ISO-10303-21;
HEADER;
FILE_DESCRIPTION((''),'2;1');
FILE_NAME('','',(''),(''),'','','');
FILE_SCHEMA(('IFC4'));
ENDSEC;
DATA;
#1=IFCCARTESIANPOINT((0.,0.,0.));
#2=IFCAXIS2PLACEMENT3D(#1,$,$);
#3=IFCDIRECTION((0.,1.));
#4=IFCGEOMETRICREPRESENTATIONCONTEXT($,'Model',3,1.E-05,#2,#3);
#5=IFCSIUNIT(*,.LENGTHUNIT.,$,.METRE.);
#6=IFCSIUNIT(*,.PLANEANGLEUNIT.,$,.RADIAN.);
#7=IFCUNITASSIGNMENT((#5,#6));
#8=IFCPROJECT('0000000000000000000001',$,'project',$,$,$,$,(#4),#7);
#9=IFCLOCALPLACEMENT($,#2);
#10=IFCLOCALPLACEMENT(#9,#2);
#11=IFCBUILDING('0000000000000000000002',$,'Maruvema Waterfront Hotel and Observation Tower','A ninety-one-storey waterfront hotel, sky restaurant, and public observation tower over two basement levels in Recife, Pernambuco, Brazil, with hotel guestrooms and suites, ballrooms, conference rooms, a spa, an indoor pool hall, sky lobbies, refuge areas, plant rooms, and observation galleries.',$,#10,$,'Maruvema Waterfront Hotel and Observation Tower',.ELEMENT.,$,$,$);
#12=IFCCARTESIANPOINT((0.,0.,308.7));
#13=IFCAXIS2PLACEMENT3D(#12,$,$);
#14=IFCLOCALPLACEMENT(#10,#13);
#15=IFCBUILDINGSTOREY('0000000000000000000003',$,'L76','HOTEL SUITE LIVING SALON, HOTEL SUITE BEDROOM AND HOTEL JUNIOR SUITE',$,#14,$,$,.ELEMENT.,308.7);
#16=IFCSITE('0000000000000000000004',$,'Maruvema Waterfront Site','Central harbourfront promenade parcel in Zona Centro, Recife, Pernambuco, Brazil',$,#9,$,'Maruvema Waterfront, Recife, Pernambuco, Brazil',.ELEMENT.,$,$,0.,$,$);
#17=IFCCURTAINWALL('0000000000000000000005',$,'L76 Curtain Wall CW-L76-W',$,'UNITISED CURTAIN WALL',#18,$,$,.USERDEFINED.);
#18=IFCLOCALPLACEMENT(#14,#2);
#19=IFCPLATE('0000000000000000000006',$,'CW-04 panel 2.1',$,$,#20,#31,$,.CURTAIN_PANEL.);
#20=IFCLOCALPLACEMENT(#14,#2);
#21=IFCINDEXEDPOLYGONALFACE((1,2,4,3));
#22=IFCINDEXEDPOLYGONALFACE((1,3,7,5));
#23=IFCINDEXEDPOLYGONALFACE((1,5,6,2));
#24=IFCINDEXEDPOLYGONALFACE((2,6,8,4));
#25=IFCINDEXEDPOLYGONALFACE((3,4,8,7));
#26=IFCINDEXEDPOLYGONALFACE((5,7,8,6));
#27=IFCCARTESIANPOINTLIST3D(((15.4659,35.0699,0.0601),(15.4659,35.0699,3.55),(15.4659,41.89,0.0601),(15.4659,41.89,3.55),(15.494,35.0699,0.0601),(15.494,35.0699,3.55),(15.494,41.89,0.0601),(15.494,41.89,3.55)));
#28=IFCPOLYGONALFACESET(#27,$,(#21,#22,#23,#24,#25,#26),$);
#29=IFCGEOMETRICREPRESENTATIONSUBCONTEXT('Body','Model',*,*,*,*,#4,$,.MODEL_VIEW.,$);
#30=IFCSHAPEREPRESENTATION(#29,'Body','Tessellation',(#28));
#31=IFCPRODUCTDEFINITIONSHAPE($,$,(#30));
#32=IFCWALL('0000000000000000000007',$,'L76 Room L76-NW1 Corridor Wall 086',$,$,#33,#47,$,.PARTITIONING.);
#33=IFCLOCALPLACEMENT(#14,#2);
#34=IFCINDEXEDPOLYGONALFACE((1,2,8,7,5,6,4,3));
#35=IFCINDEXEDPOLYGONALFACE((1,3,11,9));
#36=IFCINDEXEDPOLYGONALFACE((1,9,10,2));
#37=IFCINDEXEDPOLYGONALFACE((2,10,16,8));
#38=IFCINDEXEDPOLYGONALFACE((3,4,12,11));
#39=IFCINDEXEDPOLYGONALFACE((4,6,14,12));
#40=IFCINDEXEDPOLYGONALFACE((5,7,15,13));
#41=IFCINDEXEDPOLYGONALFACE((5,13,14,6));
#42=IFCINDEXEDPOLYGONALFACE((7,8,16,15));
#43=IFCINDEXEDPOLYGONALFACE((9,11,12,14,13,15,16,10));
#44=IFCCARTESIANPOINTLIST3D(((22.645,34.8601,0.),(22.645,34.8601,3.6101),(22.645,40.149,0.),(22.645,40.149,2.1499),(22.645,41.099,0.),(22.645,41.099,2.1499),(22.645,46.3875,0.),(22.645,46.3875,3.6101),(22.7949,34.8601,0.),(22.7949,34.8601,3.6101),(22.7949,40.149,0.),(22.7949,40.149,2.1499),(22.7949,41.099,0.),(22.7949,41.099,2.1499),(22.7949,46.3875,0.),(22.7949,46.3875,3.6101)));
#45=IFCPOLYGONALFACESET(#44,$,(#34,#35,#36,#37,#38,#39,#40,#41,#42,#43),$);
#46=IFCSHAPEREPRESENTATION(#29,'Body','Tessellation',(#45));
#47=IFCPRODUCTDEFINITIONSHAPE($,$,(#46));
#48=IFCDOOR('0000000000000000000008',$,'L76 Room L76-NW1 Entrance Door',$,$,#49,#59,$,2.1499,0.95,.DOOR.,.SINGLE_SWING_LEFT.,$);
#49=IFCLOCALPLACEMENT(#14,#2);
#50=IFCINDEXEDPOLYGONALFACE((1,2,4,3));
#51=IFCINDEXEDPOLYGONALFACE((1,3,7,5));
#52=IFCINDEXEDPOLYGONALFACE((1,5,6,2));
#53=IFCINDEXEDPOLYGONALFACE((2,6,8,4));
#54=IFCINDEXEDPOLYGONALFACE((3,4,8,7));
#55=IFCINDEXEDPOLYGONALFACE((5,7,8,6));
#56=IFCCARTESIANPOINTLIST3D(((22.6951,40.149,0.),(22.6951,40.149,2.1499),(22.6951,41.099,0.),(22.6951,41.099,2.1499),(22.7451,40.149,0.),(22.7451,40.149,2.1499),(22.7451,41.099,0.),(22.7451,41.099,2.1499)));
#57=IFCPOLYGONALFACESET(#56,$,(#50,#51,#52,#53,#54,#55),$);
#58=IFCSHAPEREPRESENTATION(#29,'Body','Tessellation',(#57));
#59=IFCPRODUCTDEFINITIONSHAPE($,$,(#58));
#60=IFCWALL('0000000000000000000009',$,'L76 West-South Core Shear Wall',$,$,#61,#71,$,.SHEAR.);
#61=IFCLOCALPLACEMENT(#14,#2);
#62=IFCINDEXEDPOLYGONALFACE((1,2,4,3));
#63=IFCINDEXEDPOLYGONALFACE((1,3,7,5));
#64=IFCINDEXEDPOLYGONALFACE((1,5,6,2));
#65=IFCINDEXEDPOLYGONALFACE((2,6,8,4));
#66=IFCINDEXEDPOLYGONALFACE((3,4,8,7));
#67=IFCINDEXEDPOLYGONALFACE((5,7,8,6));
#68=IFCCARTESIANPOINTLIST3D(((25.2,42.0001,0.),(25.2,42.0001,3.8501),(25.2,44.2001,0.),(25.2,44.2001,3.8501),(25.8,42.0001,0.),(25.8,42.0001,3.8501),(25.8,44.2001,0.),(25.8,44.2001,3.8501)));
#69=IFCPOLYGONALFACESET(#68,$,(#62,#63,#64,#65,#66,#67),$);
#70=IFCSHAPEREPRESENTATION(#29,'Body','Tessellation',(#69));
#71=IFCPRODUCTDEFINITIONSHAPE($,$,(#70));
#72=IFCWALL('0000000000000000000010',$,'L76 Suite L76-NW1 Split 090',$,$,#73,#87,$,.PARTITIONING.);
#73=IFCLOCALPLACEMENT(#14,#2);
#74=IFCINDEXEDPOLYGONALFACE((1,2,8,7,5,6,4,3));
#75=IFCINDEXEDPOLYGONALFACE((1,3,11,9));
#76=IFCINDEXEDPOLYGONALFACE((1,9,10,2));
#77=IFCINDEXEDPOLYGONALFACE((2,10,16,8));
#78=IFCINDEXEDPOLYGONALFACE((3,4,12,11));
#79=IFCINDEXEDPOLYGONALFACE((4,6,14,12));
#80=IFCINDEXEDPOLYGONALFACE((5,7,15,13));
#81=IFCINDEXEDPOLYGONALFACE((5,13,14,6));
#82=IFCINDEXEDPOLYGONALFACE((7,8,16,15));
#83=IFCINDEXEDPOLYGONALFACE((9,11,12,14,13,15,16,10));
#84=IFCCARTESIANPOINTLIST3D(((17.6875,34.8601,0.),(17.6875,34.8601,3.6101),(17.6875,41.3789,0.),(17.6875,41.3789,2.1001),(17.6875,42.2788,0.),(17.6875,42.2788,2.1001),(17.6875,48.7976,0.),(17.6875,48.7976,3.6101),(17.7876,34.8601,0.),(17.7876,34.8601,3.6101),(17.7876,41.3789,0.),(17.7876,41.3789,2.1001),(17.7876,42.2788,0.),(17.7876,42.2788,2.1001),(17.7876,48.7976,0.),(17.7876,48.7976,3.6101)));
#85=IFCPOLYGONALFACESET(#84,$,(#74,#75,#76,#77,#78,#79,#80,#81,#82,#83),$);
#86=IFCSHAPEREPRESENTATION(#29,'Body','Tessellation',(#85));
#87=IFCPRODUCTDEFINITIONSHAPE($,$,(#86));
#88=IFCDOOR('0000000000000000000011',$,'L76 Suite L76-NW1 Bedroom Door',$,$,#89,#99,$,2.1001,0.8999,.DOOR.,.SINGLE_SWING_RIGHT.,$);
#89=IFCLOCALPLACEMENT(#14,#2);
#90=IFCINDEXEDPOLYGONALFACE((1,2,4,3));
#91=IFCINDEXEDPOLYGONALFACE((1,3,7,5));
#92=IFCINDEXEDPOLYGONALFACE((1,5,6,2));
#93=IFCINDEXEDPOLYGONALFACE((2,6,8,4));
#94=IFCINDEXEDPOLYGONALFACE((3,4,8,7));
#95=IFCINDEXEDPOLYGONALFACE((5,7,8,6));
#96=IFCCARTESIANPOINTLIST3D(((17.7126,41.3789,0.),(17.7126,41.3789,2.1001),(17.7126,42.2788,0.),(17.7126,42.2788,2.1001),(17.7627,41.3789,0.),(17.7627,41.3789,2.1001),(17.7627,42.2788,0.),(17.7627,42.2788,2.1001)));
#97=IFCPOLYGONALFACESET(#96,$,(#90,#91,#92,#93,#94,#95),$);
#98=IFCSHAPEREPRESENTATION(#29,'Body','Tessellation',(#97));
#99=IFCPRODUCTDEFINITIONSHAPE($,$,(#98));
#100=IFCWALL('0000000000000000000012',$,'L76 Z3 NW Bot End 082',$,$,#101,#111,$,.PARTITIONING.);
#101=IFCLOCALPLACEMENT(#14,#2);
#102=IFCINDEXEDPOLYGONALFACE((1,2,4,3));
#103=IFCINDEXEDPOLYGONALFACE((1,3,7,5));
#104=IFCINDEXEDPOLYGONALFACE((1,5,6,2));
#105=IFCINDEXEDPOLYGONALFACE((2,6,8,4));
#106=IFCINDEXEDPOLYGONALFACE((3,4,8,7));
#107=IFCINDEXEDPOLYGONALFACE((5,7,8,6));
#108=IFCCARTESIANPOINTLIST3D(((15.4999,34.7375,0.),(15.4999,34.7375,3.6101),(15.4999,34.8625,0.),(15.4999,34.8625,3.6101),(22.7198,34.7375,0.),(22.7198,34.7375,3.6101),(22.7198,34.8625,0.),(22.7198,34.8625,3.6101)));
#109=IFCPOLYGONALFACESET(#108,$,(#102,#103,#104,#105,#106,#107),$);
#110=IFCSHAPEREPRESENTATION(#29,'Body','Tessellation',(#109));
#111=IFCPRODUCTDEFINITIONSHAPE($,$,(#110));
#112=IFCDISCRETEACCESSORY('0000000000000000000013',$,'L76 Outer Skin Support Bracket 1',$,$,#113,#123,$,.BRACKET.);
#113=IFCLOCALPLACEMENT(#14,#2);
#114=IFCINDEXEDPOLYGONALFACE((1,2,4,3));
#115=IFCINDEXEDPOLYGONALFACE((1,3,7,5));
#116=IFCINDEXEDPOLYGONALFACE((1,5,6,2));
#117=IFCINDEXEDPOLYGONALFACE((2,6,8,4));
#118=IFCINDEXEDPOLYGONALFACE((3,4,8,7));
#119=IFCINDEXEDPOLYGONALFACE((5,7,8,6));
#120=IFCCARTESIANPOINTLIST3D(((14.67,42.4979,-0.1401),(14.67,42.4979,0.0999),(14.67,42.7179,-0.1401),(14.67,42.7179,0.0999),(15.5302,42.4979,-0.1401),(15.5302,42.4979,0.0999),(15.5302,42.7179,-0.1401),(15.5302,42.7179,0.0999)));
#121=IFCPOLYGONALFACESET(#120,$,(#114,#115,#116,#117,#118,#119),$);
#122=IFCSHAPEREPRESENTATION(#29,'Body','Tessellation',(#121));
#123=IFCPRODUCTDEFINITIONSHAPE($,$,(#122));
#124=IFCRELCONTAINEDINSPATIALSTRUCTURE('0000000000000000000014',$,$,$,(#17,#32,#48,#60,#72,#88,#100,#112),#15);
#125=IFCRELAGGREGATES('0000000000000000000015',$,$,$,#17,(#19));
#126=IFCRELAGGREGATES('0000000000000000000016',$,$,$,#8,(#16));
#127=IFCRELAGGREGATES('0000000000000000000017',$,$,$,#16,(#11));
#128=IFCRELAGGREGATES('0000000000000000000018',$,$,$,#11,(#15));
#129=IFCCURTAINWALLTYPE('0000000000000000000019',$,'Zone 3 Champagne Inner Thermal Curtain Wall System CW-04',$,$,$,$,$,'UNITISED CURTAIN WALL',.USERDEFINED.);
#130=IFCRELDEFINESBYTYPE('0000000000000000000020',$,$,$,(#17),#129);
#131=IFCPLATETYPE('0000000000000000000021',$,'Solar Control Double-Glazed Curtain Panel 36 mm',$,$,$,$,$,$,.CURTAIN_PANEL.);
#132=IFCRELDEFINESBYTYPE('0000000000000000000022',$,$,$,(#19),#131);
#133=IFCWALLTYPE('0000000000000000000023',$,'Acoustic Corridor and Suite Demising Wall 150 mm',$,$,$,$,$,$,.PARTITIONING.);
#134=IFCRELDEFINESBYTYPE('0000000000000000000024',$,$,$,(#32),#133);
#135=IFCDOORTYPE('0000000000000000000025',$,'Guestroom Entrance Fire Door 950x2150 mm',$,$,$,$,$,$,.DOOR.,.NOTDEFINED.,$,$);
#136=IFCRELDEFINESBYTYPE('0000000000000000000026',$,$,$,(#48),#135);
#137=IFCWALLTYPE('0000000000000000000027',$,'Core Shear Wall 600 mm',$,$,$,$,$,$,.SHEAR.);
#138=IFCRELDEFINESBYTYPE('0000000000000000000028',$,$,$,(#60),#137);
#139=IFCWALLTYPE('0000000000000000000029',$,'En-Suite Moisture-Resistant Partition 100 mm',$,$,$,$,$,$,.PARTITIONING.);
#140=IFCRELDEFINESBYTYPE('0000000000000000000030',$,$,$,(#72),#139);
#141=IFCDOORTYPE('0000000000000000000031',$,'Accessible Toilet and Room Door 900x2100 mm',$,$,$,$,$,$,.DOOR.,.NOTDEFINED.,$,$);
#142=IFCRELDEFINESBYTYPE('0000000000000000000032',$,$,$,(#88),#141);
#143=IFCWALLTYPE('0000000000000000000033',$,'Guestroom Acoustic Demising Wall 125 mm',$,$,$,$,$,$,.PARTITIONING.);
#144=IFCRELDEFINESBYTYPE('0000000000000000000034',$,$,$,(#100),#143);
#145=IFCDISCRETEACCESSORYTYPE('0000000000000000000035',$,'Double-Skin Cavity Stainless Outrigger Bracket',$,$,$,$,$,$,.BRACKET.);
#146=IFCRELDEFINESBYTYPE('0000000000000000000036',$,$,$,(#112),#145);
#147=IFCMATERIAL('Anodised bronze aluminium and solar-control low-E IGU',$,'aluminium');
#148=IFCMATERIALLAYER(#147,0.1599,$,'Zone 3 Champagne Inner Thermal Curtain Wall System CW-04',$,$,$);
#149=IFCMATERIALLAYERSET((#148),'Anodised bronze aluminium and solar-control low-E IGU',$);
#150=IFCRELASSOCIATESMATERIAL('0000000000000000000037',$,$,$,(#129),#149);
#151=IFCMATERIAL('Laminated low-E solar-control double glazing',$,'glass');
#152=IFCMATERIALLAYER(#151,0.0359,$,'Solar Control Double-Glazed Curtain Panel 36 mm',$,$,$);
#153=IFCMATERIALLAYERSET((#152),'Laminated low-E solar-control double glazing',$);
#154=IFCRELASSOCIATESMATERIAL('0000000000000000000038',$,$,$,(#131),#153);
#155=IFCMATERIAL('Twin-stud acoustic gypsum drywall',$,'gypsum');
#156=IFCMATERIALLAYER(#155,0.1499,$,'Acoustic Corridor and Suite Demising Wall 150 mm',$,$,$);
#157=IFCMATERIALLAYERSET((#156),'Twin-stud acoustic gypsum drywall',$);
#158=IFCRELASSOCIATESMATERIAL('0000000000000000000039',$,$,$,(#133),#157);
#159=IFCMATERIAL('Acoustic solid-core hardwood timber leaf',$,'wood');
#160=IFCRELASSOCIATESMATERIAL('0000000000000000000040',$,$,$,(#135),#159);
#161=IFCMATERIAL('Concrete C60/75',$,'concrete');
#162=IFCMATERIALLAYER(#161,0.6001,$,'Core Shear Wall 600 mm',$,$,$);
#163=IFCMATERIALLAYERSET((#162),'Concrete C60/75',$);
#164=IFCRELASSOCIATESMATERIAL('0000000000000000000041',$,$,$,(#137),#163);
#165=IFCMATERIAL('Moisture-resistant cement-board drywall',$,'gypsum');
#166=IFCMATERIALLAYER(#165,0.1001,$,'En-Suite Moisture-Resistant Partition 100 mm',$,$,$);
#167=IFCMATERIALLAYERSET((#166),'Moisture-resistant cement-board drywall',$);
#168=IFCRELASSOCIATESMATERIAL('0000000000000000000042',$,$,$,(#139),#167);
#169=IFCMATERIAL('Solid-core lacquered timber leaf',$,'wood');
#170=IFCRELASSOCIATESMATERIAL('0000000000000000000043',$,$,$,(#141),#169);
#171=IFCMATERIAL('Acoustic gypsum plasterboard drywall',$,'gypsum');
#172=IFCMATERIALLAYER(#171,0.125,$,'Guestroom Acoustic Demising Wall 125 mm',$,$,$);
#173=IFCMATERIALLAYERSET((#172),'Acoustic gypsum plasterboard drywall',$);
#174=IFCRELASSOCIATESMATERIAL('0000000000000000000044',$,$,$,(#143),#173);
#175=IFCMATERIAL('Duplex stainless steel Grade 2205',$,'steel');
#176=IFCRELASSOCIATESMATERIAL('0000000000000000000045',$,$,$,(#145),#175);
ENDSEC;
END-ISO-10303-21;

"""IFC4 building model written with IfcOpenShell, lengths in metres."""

from ifc_helpers import new_model, si_unit, direction, frame, frame_2d, origin, origin_2d, place, context, subcontext, project, spatial, rectangle, extrude, material, layer, layer_set, type_object, element, fill, aggregate, save


model = new_model("IFC4")

# Units and contexts
model_context = context("Model", 3, precision=1e-05, world=origin(), true_north=direction((0.0, 1.0)))
body_context = subcontext(model_context, "Body", "Model", "MODEL_VIEW")
ifc_project = project(units=[si_unit("LENGTHUNIT", "METRE"), si_unit("PLANEANGLEUNIT", "RADIAN")], contexts=[model_context])

# Site, building, storey
site_placement = place(None, origin())
site = spatial("IfcSite", under=ifc_project, at=site_placement, Name="Maruvema Waterfront Site", Description="Central harbourfront promenade parcel in Zona Centro, Recife, Pernambuco, Brazil", LongName="Maruvema Waterfront, Recife, Pernambuco, Brazil", CompositionType="ELEMENT", RefElevation=0.0)
building_placement = place(site_placement, origin())
building = spatial("IfcBuilding", under=site, at=building_placement, Name="Maruvema Waterfront Hotel and Observation Tower", Description="A ninety-one-storey waterfront hotel, sky restaurant, and public observation tower over two basement levels in Recife, Pernambuco, Brazil, with hotel guestrooms and suites, ballrooms, conference rooms, a spa, an indoor pool hall, sky lobbies, refuge areas, plant rooms, and observation galleries.", LongName="Maruvema Waterfront Hotel and Observation Tower", CompositionType="ELEMENT")
storey_placement = place(building_placement, frame((0.0, 0.0, 308.7)))
storey = spatial("IfcBuildingStorey", under=building, at=storey_placement, Name="L76", Description="HOTEL SUITE LIVING SALON, HOTEL SUITE BEDROOM AND HOTEL JUNIOR SUITE", CompositionType="ELEMENT", Elevation=308.7)

# Curtain wall
ifc_material_1 = material(Name="Anodised bronze aluminium and solar-control low-E IGU", Category="aluminium")
ifc_layer_1 = layer(ifc_material_1, 0.1599, Name="Zone 3 Champagne Inner Thermal Curtain Wall System CW-04")
ifc_layer_set_1 = layer_set([ifc_layer_1], Name="Anodised bronze aluminium and solar-control low-E IGU")
curtain_wall_type = type_object("IfcCurtainWallType", Name="Zone 3 Champagne Inner Thermal Curtain Wall System CW-04", ElementType="UNITISED CURTAIN WALL", PredefinedType="USERDEFINED", material=ifc_layer_set_1)
curtain_wall_placement = place(storey_placement, origin())
curtain_wall = element("IfcCurtainWall", 1, at=curtain_wall_placement, inside=storey, type_object=curtain_wall_type, Name="L76 Curtain Wall CW-L76-W", ObjectType="UNITISED CURTAIN WALL", PredefinedType="USERDEFINED")

# Plate
ifc_material_2 = material(Name="Laminated low-E solar-control double glazing", Category="glass")
ifc_layer_2 = layer(ifc_material_2, 0.0359, Name="Solar Control Double-Glazed Curtain Panel 36 mm")
ifc_layer_set_2 = layer_set([ifc_layer_2], Name="Laminated low-E solar-control double glazing")
plate_type = type_object("IfcPlateType", Name="Solar Control Double-Glazed Curtain Panel 36 mm", PredefinedType="CURTAIN_PANEL", material=ifc_layer_set_2)
plate_placement = place(storey_placement, frame((15.48, 38.48, 0.0601), z_axis=(0.0, 0.0, 1.0), x_axis=(0.0, -1.0, 0.0)))
plate = element("IfcPlate", 2, at=plate_placement, type_object=plate_type, Name="CW-04 panel 2.1", PredefinedType="CURTAIN_PANEL", context=body_context, shape_type="SweptSolid", body=[
    extrude(rectangle(XDim=6.8201, YDim=0.0281, at=origin_2d()), origin(), (0.0, 0.0, 1.0), 3.49),
])
aggregate(curtain_wall, [plate])

# Wall, opening, door
ifc_material_3 = material(Name="Twin-stud acoustic gypsum drywall", Category="gypsum")
ifc_layer_3 = layer(ifc_material_3, 0.1499, Name="Acoustic Corridor and Suite Demising Wall 150 mm")
ifc_layer_set_3 = layer_set([ifc_layer_3], Name="Twin-stud acoustic gypsum drywall")
wall_type_1 = type_object("IfcWallType", Name="Acoustic Corridor and Suite Demising Wall 150 mm", PredefinedType="PARTITIONING", material=ifc_layer_set_3)
wall_1_placement = place(storey_placement, frame((22.72, 34.8601, 0.0), z_axis=(0.0, 0.0, 1.0), x_axis=(0.0, 1.0, 0.0)))
wall_1 = element("IfcWall", 3, at=wall_1_placement, inside=storey, type_object=wall_type_1, Name="L76 Room L76-NW1 Corridor Wall 086", PredefinedType="PARTITIONING", context=body_context, shape_type="SweptSolid", body=[
    extrude(rectangle(XDim=11.5273, YDim=0.1499, at=frame_2d((5.7637, 0.0))), origin(), (0.0, 0.0, 1.0), 3.6101),
])
opening_1_placement = place(wall_1_placement, frame((5.2888, 0.0, 0.0)))
opening_1 = element("IfcOpeningElement", 4, at=opening_1_placement, cuts=wall_1, PredefinedType="OPENING", context=body_context, shape_type="SweptSolid", body=[
    extrude(rectangle(XDim=0.95, YDim=2.1499, at=frame_2d((0.4751, 1.075))), frame((0.0, 0.085, 0.0), z_axis=(0.0, -1.0, 0.0), x_axis=(1.0, 0.0, 0.0)), (0.0, 0.0, 1.0), 0.1699),
])
ifc_material_4 = material(Name="Acoustic solid-core hardwood timber leaf", Category="wood")
door_type_1 = type_object("IfcDoorType", Name="Guestroom Entrance Fire Door 950x2150 mm", OperationType="NOTDEFINED", PredefinedType="DOOR", material=ifc_material_4)
door_1_placement = place(opening_1_placement, origin())
door_1 = element("IfcDoor", 5, at=door_1_placement, inside=storey, type_object=door_type_1, Name="L76 Room L76-NW1 Entrance Door", OperationType="SINGLE_SWING_LEFT", OverallHeight=2.1499, OverallWidth=0.95, PredefinedType="DOOR", context=body_context, shape_type="SweptSolid", body=[
    extrude(rectangle(XDim=0.95, YDim=2.1499, at=frame_2d((0.4751, 1.075))), frame((0.0, 0.0249, 0.0), z_axis=(0.0, -1.0, 0.0), x_axis=(1.0, 0.0, 0.0)), (0.0, 0.0, 1.0), 0.05),
])
fill(opening_1, door_1)

# Shared definitions
ifc_material_5 = material(Name="Concrete C60/75", Category="concrete")
ifc_layer_4 = layer(ifc_material_5, 0.6001, Name="Core Shear Wall 600 mm")
ifc_layer_set_4 = layer_set([ifc_layer_4], Name="Concrete C60/75")
wall_type_2 = type_object("IfcWallType", Name="Core Shear Wall 600 mm", PredefinedType="SHEAR", material=ifc_layer_set_4)

# Wall
wall_2_placement = place(storey_placement, frame((25.5, 42.0, 0.0), z_axis=(0.0, 0.0, 1.0), x_axis=(0.0, 1.0, 0.0)))
element("IfcWall", 6, at=wall_2_placement, inside=storey, type_object=wall_type_2, Name="L76 West-South Core Shear Wall", PredefinedType="SHEAR", context=body_context, shape_type="SweptSolid", body=[
    extrude(rectangle(XDim=2.2, YDim=0.6001, at=frame_2d((1.1001, 0.0))), origin(), (0.0, 0.0, 1.0), 3.8501),
])

# Wall, opening, door
ifc_material_6 = material(Name="Moisture-resistant cement-board drywall", Category="gypsum")
ifc_layer_5 = layer(ifc_material_6, 0.1001, Name="En-Suite Moisture-Resistant Partition 100 mm")
ifc_layer_set_5 = layer_set([ifc_layer_5], Name="Moisture-resistant cement-board drywall")
wall_type_3 = type_object("IfcWallType", Name="En-Suite Moisture-Resistant Partition 100 mm", PredefinedType="PARTITIONING", material=ifc_layer_set_5)
wall_3_placement = place(storey_placement, frame((17.7375, 34.8601, 0.0), z_axis=(0.0, 0.0, 1.0), x_axis=(0.0, 1.0, 0.0)))
wall_3 = element("IfcWall", 7, at=wall_3_placement, inside=storey, type_object=wall_type_3, Name="L76 Suite L76-NW1 Split 090", PredefinedType="PARTITIONING", context=body_context, shape_type="SweptSolid", body=[
    extrude(rectangle(XDim=13.9375, YDim=0.1001, at=frame_2d((6.9688, 0.0))), origin(), (0.0, 0.0, 1.0), 3.6101),
])
opening_2_placement = place(wall_3_placement, frame((6.5188, 0.0, 0.0)))
opening_2 = element("IfcOpeningElement", 8, at=opening_2_placement, cuts=wall_3, PredefinedType="OPENING", context=body_context, shape_type="SweptSolid", body=[
    extrude(rectangle(XDim=0.8999, YDim=2.1001, at=frame_2d((0.45, 1.05))), frame((0.0, 0.0601, 0.0), z_axis=(0.0, -1.0, 0.0), x_axis=(1.0, 0.0, 0.0)), (0.0, 0.0, 1.0), 0.1201),
])
ifc_material_7 = material(Name="Solid-core lacquered timber leaf", Category="wood")
door_type_2 = type_object("IfcDoorType", Name="Accessible Toilet and Room Door 900x2100 mm", OperationType="NOTDEFINED", PredefinedType="DOOR", material=ifc_material_7)
door_2_placement = place(opening_2_placement, origin())
door_2 = element("IfcDoor", 9, at=door_2_placement, inside=storey, type_object=door_type_2, Name="L76 Suite L76-NW1 Bedroom Door", OperationType="SINGLE_SWING_RIGHT", OverallHeight=2.1001, OverallWidth=0.8999, PredefinedType="DOOR", context=body_context, shape_type="SweptSolid", body=[
    extrude(rectangle(XDim=0.8999, YDim=2.1001, at=frame_2d((0.45, 1.05))), frame((0.0, 0.0249, 0.0), z_axis=(0.0, -1.0, 0.0), x_axis=(1.0, 0.0, 0.0)), (0.0, 0.0, 1.0), 0.05),
])
fill(opening_2, door_2)

# Wall
ifc_material_8 = material(Name="Acoustic gypsum plasterboard drywall", Category="gypsum")
ifc_layer_6 = layer(ifc_material_8, 0.125, Name="Guestroom Acoustic Demising Wall 125 mm")
ifc_layer_set_6 = layer_set([ifc_layer_6], Name="Acoustic gypsum plasterboard drywall")
wall_type_4 = type_object("IfcWallType", Name="Guestroom Acoustic Demising Wall 125 mm", PredefinedType="PARTITIONING", material=ifc_layer_set_6)
wall_4_placement = place(storey_placement, frame((15.5, 34.8, 0.0), z_axis=(0.0, 0.0, 1.0), x_axis=(1.0, 0.0, 0.0)))
element("IfcWall", 10, at=wall_4_placement, inside=storey, type_object=wall_type_4, Name="L76 Z3 NW Bot End 082", PredefinedType="PARTITIONING", context=body_context, shape_type="SweptSolid", body=[
    extrude(rectangle(XDim=7.22, YDim=0.125, at=frame_2d((3.6099, 0.0))), origin(), (0.0, 0.0, 1.0), 3.6101),
])

# Discrete accessory
ifc_material_9 = material(Name="Duplex stainless steel Grade 2205", Category="steel")
discrete_accessory_type = type_object("IfcDiscreteAccessoryType", Name="Double-Skin Cavity Stainless Outrigger Bracket", PredefinedType="BRACKET", material=ifc_material_9)
discrete_accessory_placement = place(storey_placement, frame((15.1001, 42.6079, -0.1401), z_axis=(0.0, 0.0, 1.0), x_axis=(0.0, -1.0, 0.0)))
element("IfcDiscreteAccessory", 11, at=discrete_accessory_placement, inside=storey, type_object=discrete_accessory_type, Name="L76 Outer Skin Support Bracket 1", PredefinedType="BRACKET", context=body_context, shape_type="SweptSolid", body=[
    extrude(rectangle(XDim=0.22, YDim=0.8601, at=origin_2d()), origin(), (0.0, 0.0, 1.0), 0.24),
])

save(model, "model.ifc")
